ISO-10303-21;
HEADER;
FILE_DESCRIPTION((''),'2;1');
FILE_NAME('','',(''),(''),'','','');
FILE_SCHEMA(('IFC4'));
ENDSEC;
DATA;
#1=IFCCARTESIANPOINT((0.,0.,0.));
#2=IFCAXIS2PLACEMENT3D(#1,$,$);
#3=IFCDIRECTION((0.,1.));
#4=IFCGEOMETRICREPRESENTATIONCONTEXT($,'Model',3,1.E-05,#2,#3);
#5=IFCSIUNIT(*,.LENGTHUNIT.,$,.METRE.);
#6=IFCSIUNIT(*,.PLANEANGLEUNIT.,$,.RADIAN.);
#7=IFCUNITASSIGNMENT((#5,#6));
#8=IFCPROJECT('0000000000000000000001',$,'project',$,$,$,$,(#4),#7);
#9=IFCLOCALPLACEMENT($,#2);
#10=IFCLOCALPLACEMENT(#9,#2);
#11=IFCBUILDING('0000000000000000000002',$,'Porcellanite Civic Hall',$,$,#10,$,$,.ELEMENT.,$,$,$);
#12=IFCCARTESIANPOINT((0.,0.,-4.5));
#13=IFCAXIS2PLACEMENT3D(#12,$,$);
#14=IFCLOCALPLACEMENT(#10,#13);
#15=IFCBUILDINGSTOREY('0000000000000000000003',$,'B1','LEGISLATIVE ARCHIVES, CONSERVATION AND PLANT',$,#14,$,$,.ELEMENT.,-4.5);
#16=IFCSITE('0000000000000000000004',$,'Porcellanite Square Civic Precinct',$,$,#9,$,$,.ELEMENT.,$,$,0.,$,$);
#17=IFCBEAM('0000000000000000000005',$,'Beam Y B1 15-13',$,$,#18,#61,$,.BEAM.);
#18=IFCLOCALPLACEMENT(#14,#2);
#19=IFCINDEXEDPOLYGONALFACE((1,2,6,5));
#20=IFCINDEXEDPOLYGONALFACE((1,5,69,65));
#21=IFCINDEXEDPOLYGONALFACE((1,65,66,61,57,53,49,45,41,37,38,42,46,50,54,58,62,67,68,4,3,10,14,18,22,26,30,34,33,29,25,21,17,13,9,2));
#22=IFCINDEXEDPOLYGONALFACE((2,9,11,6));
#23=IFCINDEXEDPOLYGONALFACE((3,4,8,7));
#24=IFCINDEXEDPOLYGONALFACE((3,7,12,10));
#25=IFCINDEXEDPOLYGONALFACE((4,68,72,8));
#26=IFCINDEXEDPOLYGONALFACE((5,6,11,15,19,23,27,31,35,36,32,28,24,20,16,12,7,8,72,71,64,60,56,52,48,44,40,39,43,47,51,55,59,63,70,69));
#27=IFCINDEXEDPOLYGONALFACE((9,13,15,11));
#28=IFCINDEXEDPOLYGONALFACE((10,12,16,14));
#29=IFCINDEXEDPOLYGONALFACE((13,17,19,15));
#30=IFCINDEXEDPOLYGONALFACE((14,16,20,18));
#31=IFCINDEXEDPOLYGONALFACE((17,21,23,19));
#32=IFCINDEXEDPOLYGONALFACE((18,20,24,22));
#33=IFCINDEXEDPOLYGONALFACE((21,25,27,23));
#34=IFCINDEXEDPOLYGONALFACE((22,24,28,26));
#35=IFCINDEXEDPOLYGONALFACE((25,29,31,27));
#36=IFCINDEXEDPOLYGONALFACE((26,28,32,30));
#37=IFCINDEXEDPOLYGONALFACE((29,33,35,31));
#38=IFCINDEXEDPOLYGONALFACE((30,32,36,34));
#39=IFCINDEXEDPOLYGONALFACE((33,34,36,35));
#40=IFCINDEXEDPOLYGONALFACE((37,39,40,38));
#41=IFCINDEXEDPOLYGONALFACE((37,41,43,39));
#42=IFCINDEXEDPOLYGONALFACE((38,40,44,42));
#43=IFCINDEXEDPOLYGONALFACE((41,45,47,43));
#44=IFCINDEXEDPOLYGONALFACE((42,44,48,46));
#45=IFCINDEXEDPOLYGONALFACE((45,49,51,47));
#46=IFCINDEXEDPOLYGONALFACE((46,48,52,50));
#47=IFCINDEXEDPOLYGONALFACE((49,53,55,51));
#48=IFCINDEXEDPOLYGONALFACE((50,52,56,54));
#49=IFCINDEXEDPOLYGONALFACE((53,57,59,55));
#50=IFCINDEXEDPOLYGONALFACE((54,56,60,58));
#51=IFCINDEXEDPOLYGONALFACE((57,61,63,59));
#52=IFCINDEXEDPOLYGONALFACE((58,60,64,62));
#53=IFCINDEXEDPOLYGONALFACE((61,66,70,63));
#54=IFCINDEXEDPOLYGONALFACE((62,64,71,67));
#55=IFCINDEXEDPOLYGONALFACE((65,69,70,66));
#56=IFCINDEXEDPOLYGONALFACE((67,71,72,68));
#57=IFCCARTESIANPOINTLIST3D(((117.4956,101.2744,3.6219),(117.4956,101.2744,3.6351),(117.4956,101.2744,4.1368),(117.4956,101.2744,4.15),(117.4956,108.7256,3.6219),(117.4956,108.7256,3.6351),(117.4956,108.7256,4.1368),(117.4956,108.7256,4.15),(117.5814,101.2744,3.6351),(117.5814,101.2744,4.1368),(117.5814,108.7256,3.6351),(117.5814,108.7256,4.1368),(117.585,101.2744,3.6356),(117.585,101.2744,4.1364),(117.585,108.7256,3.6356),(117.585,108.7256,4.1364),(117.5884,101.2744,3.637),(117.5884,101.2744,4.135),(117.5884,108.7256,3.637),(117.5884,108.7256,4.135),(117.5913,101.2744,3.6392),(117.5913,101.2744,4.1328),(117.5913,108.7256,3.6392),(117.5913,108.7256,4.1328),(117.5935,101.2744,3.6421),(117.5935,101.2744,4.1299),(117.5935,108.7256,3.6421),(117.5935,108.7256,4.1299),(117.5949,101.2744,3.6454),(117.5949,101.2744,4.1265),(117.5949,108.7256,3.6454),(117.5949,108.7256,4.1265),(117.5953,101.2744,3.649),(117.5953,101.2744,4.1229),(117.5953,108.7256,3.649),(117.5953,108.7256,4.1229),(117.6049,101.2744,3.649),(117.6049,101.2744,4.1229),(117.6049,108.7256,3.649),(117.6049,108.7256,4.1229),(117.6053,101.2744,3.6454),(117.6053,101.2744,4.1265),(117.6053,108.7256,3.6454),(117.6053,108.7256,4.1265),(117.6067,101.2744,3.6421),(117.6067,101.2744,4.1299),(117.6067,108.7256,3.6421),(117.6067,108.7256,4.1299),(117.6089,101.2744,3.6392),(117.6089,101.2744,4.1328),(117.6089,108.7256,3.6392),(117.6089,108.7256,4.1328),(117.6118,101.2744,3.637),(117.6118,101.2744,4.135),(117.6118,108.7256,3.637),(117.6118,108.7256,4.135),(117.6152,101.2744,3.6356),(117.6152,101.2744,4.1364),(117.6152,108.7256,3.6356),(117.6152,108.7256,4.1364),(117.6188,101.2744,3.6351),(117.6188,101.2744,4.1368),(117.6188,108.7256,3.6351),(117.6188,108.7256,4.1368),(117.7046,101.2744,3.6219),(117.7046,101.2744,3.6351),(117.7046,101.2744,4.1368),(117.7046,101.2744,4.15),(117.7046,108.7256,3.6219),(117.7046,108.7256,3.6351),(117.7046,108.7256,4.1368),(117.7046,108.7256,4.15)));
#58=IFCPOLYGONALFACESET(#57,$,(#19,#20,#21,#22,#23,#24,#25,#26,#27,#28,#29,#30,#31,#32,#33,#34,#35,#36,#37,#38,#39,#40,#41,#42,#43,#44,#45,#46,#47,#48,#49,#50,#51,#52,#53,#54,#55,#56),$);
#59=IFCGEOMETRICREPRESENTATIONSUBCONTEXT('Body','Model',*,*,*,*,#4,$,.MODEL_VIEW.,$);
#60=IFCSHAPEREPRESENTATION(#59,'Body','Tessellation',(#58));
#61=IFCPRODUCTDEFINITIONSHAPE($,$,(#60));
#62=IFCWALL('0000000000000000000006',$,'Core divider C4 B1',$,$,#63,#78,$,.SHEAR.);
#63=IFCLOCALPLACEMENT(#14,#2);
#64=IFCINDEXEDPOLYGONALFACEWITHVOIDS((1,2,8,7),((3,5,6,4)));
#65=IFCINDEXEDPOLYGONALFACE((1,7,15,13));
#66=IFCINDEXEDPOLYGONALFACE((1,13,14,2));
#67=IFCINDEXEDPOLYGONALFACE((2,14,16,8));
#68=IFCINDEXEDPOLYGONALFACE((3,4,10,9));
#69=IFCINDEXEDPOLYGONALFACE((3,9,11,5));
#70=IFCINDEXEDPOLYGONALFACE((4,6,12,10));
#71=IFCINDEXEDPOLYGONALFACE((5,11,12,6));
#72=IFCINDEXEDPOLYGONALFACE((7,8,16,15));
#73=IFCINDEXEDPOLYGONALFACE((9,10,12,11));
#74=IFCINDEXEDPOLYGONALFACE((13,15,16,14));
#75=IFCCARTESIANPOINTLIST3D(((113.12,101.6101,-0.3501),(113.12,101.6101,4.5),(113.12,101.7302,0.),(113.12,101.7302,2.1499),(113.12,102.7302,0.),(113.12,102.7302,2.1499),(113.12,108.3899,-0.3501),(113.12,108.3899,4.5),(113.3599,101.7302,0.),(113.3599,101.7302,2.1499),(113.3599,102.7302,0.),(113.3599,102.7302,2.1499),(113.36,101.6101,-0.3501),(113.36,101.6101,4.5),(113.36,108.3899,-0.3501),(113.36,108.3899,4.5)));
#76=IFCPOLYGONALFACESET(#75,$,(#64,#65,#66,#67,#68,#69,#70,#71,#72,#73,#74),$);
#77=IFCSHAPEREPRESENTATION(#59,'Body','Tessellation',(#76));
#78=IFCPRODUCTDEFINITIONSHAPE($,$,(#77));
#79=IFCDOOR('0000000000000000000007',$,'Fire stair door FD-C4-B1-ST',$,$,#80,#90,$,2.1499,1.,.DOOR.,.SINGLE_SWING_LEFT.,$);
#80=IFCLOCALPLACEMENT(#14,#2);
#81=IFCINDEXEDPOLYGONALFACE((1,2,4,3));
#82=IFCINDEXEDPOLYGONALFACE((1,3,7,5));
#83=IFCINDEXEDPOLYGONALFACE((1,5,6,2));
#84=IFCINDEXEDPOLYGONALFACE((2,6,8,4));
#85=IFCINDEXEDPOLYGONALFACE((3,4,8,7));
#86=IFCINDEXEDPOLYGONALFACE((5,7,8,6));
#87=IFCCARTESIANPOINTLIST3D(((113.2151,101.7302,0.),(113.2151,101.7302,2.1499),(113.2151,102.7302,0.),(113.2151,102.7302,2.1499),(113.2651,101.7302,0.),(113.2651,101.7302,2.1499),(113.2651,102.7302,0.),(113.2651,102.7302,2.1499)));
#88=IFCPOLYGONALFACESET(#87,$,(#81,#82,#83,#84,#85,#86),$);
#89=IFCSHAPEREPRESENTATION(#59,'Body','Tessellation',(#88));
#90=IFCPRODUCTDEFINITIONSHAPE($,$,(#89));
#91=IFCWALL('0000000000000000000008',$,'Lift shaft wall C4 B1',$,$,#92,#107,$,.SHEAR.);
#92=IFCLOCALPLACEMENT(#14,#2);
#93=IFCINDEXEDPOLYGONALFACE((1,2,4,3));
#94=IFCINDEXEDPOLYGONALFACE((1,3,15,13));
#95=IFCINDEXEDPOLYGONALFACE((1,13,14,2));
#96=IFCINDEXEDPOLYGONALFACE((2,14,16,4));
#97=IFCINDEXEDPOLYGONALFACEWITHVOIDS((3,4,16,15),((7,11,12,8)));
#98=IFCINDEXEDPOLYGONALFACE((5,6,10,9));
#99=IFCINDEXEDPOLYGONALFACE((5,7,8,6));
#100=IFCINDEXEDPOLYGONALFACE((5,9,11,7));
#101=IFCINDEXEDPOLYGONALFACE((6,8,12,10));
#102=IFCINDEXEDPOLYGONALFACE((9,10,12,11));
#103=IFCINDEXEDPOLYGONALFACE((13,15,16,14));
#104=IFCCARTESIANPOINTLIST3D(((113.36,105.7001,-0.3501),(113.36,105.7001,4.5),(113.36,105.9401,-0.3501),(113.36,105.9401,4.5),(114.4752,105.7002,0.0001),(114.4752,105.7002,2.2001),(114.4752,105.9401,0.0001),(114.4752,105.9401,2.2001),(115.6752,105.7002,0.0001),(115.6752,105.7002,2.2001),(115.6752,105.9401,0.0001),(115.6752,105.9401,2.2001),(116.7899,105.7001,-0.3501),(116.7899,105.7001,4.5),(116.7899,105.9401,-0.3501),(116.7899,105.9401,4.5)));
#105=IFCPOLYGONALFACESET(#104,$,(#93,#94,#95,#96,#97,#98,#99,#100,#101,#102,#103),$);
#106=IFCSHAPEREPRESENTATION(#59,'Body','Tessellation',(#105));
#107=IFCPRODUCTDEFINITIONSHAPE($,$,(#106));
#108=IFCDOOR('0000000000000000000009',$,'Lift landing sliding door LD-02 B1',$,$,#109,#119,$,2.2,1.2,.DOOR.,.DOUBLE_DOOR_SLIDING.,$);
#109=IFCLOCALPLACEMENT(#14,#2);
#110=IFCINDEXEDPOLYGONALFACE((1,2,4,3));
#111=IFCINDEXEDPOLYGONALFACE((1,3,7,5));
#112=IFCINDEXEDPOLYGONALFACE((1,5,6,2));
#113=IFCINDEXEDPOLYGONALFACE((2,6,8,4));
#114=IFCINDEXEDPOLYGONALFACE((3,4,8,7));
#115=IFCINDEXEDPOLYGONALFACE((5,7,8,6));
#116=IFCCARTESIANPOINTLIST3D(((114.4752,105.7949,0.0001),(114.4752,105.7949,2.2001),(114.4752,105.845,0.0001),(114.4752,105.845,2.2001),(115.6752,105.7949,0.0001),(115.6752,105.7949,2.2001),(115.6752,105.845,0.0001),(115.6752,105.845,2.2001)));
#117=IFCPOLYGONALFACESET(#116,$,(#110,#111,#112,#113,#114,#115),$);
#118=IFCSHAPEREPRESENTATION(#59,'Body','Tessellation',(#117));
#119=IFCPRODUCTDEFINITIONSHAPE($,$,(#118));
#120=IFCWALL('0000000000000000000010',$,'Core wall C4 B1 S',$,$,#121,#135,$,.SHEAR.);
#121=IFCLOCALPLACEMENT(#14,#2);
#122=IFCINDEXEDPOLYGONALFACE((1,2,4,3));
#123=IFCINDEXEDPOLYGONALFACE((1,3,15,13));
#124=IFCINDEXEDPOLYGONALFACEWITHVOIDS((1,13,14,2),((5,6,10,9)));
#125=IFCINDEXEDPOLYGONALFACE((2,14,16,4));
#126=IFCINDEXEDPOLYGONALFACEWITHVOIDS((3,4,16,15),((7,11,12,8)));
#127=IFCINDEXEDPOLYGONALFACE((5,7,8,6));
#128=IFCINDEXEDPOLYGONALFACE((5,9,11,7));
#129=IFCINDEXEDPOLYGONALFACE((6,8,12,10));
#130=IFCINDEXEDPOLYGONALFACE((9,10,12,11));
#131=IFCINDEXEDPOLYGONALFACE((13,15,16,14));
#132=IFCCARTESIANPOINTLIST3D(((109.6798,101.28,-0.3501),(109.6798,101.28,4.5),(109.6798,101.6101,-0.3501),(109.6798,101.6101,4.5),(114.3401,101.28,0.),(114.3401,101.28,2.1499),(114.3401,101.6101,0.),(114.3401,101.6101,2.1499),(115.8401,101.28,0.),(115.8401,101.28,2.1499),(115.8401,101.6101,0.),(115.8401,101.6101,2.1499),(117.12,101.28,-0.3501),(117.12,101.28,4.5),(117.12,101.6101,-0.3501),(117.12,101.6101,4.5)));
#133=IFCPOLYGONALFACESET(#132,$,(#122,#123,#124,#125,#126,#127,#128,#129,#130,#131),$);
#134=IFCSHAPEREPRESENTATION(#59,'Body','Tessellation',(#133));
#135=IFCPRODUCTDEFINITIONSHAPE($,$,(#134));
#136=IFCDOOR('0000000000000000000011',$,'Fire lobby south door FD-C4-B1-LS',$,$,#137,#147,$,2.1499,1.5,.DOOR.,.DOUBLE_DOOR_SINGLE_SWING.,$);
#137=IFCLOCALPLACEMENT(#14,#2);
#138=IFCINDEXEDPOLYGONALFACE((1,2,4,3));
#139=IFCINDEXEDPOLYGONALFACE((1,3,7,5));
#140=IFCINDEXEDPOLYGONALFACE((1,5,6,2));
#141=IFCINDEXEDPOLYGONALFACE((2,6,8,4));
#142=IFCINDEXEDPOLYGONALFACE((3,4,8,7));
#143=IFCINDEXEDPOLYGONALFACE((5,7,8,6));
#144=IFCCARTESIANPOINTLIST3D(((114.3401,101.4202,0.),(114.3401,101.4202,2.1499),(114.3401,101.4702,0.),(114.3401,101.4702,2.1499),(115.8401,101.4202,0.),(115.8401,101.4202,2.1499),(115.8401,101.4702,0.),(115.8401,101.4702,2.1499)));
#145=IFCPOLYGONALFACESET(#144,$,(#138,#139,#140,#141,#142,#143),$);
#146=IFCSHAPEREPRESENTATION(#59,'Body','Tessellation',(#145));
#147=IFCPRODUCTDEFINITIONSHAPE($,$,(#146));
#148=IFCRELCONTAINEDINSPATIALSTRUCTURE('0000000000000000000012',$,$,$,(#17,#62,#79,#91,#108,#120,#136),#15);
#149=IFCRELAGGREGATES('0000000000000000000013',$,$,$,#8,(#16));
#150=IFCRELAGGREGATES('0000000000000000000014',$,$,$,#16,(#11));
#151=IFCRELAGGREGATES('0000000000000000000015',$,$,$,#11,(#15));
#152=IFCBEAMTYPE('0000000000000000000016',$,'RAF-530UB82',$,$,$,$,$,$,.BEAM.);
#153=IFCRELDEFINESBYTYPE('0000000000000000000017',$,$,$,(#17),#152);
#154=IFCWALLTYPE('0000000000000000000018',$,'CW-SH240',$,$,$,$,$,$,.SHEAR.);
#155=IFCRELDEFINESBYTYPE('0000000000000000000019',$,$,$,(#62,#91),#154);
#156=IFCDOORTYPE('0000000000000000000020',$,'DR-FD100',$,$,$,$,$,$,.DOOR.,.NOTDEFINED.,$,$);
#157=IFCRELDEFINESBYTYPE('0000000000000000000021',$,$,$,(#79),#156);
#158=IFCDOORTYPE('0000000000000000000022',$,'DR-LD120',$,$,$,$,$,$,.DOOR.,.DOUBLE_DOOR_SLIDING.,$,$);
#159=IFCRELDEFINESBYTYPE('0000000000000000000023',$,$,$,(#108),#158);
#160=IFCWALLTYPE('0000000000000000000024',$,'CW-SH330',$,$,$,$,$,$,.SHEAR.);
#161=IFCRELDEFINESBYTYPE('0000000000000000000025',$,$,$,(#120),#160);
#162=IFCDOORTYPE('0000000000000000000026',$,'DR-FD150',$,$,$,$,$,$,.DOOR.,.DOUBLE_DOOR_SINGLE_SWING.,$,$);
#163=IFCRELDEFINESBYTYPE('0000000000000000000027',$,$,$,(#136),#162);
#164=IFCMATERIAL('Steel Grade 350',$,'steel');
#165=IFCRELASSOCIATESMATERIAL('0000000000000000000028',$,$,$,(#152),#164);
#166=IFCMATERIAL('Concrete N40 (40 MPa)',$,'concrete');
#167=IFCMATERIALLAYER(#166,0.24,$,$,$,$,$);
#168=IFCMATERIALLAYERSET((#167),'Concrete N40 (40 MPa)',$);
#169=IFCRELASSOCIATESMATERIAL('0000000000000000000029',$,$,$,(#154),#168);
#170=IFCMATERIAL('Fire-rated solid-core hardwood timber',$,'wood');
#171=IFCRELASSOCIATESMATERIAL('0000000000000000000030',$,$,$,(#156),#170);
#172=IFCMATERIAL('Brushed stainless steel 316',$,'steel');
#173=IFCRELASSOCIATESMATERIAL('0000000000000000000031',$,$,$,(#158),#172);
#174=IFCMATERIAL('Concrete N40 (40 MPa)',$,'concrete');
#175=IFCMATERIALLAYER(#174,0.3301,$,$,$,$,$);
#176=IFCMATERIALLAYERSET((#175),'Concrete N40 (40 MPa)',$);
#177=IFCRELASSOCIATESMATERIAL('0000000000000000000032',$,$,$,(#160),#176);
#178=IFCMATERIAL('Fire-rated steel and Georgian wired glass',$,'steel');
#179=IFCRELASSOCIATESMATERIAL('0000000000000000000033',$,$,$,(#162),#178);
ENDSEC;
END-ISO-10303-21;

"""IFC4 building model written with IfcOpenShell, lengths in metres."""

from ifc_helpers import new_model, si_unit, direction, frame, frame_2d, origin, origin_2d, place, context, subcontext, project, spatial, rectangle, i_section, extrude, material, layer, layer_set, material_profile, profile_set, type_object, element, fill, save


model = new_model("IFC4")

# Units and contexts
model_context = context("Model", 3, precision=1e-05, world=origin(), true_north=direction((0.0, 1.0)))
body_context = subcontext(model_context, "Body", "Model", "MODEL_VIEW")
ifc_project = project(units=[si_unit("LENGTHUNIT", "METRE"), si_unit("PLANEANGLEUNIT", "RADIAN")], contexts=[model_context])

# Site, building, storey
site_placement = place(None, origin())
site = spatial("IfcSite", under=ifc_project, at=site_placement, Name="Porcellanite Square Civic Precinct", CompositionType="ELEMENT", RefElevation=0.0)
building_placement = place(site_placement, origin())
building = spatial("IfcBuilding", under=site, at=building_placement, Name="Porcellanite Civic Hall", CompositionType="ELEMENT")
storey_placement = place(building_placement, frame((0.0, 0.0, -4.5)))
storey = spatial("IfcBuildingStorey", under=building, at=storey_placement, Name="B1", Description="LEGISLATIVE ARCHIVES, CONSERVATION AND PLANT", CompositionType="ELEMENT", Elevation=-4.5)

# Beam
ifc_material_1 = material(Name="Steel Grade 350", Category="steel")
ifc_material_profile_1 = material_profile(ifc_material_1, i_section(OverallWidth=0.209, OverallDepth=0.5281, WebThickness=0.0095, FlangeThickness=0.0132, FilletRadius=0.0139, at=origin_2d()), Name="530UB82.0")
ifc_profile_set_1 = profile_set([ifc_material_profile_1], Name="Steel Grade 350")
beam_type_1 = type_object("IfcBeamType", Name="RAF-530UB82", PredefinedType="BEAM", material=ifc_profile_set_1)
beam_1_placement = place(storey_placement, frame((117.6001, 101.2744, 3.886), z_axis=(0.0, 1.0, 0.0), x_axis=(-1.0, 0.0, 0.0)))
element("IfcBeam", 1, at=beam_1_placement, inside=storey, type_object=beam_type_1, Name="Beam Y B1 15-13", PredefinedType="BEAM", context=body_context, shape_type="SweptSolid", body=[
    extrude(i_section(OverallWidth=0.209, OverallDepth=0.5281, WebThickness=0.0095, FlangeThickness=0.0132, FilletRadius=0.0139, at=origin_2d()), origin(), (0.0, 0.0, 1.0), 7.4512),
])

# Walls, openings, doors
ifc_material_2 = material(Name="Concrete N40 (40 MPa)", Category="concrete")
ifc_layer_1 = layer(ifc_material_2, 0.24)
ifc_layer_set_1 = layer_set([ifc_layer_1], Name="Concrete N40 (40 MPa)")
wall_type_1 = type_object("IfcWallType", Name="CW-SH240", PredefinedType="SHEAR", material=ifc_layer_set_1)
wall_1_placement = place(storey_placement, frame((113.24, 101.6101, -0.3501), z_axis=(0.0, 0.0, 1.0), x_axis=(0.0, 1.0, 0.0)))
wall_1 = element("IfcWall", 2, at=wall_1_placement, inside=storey, type_object=wall_type_1, Name="Core divider C4 B1", PredefinedType="SHEAR", context=body_context, shape_type="SweptSolid", body=[
    extrude(rectangle(XDim=6.7798, YDim=0.24, at=frame_2d((3.3899, 0.0))), origin(), (0.0, 0.0, 1.0), 4.8501),
])
opening_1_placement = place(wall_1_placement, frame((0.1201, 0.0, 0.3501)))
opening_1 = element("IfcOpeningElement", 3, at=opening_1_placement, cuts=wall_1, PredefinedType="OPENING", context=body_context, shape_type="SweptSolid", body=[
    extrude(rectangle(XDim=1.0, YDim=2.1499, at=frame_2d((0.5, 1.075))), frame((0.0, 0.1201, 0.0), z_axis=(0.0, -1.0, 0.0), x_axis=(1.0, 0.0, 0.0)), (0.0, 0.0, 1.0), 0.24),
])
ifc_material_3 = material(Name="Fire-rated solid-core hardwood timber", Category="wood")
door_type_1 = type_object("IfcDoorType", Name="DR-FD100", OperationType="NOTDEFINED", PredefinedType="DOOR", material=ifc_material_3)
door_1_placement = place(opening_1_placement, origin())
door_1 = element("IfcDoor", 4, at=door_1_placement, inside=storey, type_object=door_type_1, Name="Fire stair door FD-C4-B1-ST", OperationType="SINGLE_SWING_LEFT", OverallHeight=2.1499, OverallWidth=1.0, PredefinedType="DOOR", context=body_context, shape_type="SweptSolid", body=[
    extrude(rectangle(XDim=1.0, YDim=2.1499, at=frame_2d((0.5, 1.075))), frame((0.0, 0.0249, 0.0), z_axis=(0.0, -1.0, 0.0), x_axis=(1.0, 0.0, 0.0)), (0.0, 0.0, 1.0), 0.05),
])
fill(opening_1, door_1)
wall_2_placement = place(storey_placement, frame((113.3601, 105.8201, -0.3501), z_axis=(0.0, 0.0, 1.0), x_axis=(1.0, 0.0, 0.0)))
wall_2 = element("IfcWall", 5, at=wall_2_placement, inside=storey, type_object=wall_type_1, Name="Lift shaft wall C4 B1", PredefinedType="SHEAR", context=body_context, shape_type="SweptSolid", body=[
    extrude(rectangle(XDim=3.4299, YDim=0.24, at=frame_2d((1.7148, 0.0))), origin(), (0.0, 0.0, 1.0), 4.8501),
])
opening_2_placement = place(wall_2_placement, frame((1.115, 0.0, 0.3501)))
opening_2 = element("IfcOpeningElement", 6, at=opening_2_placement, cuts=wall_2, PredefinedType="OPENING", context=body_context, shape_type="SweptSolid", body=[
    extrude(rectangle(XDim=1.2, YDim=2.2, at=frame_2d((0.6001, 1.1001))), frame((0.0, 0.1201, 0.0), z_axis=(0.0, -1.0, 0.0), x_axis=(1.0, 0.0, 0.0)), (0.0, 0.0, 1.0), 0.24),
])
ifc_material_4 = material(Name="Brushed stainless steel 316", Category="steel")
door_type_2 = type_object("IfcDoorType", Name="DR-LD120", OperationType="DOUBLE_DOOR_SLIDING", PredefinedType="DOOR", material=ifc_material_4)
door_2_placement = place(opening_2_placement, origin())
door_2 = element("IfcDoor", 7, at=door_2_placement, inside=storey, type_object=door_type_2, Name="Lift landing sliding door LD-02 B1", OperationType="DOUBLE_DOOR_SLIDING", OverallHeight=2.2, OverallWidth=1.2, PredefinedType="DOOR", context=body_context, shape_type="SweptSolid", body=[
    extrude(rectangle(XDim=1.2, YDim=2.2, at=frame_2d((0.6001, 1.1001))), frame((0.0, 0.0249, 0.0), z_axis=(0.0, -1.0, 0.0), x_axis=(1.0, 0.0, 0.0)), (0.0, 0.0, 1.0), 0.05),
])
fill(opening_2, door_2)
ifc_material_5 = material(Name="Concrete N40 (40 MPa)", Category="concrete")
ifc_layer_2 = layer(ifc_material_5, 0.3301)
ifc_layer_set_2 = layer_set([ifc_layer_2], Name="Concrete N40 (40 MPa)")
wall_type_2 = type_object("IfcWallType", Name="CW-SH330", PredefinedType="SHEAR", material=ifc_layer_set_2)
wall_3_placement = place(storey_placement, frame((117.1201, 101.4451, -0.3501), z_axis=(0.0, 0.0, 1.0), x_axis=(-1.0, 0.0, 0.0)))
wall_3 = element("IfcWall", 8, at=wall_3_placement, inside=storey, type_object=wall_type_2, Name="Core wall C4 B1 S", PredefinedType="SHEAR", context=body_context, shape_type="SweptSolid", body=[
    extrude(rectangle(XDim=7.4402, YDim=0.3301, at=frame_2d((3.7202, 0.0))), origin(), (0.0, 0.0, 1.0), 4.8501),
])
opening_3_placement = place(wall_3_placement, frame((1.28, 0.0, 0.3501)))
opening_3 = element("IfcOpeningElement", 9, at=opening_3_placement, cuts=wall_3, PredefinedType="OPENING", context=body_context, shape_type="SweptSolid", body=[
    extrude(rectangle(XDim=1.5, YDim=2.1499, at=frame_2d((0.75, 1.075))), frame((0.0, 0.165, 0.0), z_axis=(0.0, -1.0, 0.0), x_axis=(1.0, 0.0, 0.0)), (0.0, 0.0, 1.0), 0.3301),
])
ifc_material_6 = material(Name="Fire-rated steel and Georgian wired glass", Category="steel")
door_type_3 = type_object("IfcDoorType", Name="DR-FD150", OperationType="DOUBLE_DOOR_SINGLE_SWING", PredefinedType="DOOR", material=ifc_material_6)
door_3_placement = place(opening_3_placement, origin())
door_3 = element("IfcDoor", 10, at=door_3_placement, inside=storey, type_object=door_type_3, Name="Fire lobby south door FD-C4-B1-LS", OperationType="DOUBLE_DOOR_SINGLE_SWING", OverallHeight=2.1499, OverallWidth=1.5, PredefinedType="DOOR", context=body_context, shape_type="SweptSolid", body=[
    extrude(rectangle(XDim=1.5, YDim=2.1499, at=frame_2d((0.75, 1.075))), frame((0.0, 0.0249, 0.0), z_axis=(0.0, -1.0, 0.0), x_axis=(1.0, 0.0, 0.0)), (0.0, 0.0, 1.0), 0.05),
])
fill(opening_3, door_3)

save(model, "model.ifc")
